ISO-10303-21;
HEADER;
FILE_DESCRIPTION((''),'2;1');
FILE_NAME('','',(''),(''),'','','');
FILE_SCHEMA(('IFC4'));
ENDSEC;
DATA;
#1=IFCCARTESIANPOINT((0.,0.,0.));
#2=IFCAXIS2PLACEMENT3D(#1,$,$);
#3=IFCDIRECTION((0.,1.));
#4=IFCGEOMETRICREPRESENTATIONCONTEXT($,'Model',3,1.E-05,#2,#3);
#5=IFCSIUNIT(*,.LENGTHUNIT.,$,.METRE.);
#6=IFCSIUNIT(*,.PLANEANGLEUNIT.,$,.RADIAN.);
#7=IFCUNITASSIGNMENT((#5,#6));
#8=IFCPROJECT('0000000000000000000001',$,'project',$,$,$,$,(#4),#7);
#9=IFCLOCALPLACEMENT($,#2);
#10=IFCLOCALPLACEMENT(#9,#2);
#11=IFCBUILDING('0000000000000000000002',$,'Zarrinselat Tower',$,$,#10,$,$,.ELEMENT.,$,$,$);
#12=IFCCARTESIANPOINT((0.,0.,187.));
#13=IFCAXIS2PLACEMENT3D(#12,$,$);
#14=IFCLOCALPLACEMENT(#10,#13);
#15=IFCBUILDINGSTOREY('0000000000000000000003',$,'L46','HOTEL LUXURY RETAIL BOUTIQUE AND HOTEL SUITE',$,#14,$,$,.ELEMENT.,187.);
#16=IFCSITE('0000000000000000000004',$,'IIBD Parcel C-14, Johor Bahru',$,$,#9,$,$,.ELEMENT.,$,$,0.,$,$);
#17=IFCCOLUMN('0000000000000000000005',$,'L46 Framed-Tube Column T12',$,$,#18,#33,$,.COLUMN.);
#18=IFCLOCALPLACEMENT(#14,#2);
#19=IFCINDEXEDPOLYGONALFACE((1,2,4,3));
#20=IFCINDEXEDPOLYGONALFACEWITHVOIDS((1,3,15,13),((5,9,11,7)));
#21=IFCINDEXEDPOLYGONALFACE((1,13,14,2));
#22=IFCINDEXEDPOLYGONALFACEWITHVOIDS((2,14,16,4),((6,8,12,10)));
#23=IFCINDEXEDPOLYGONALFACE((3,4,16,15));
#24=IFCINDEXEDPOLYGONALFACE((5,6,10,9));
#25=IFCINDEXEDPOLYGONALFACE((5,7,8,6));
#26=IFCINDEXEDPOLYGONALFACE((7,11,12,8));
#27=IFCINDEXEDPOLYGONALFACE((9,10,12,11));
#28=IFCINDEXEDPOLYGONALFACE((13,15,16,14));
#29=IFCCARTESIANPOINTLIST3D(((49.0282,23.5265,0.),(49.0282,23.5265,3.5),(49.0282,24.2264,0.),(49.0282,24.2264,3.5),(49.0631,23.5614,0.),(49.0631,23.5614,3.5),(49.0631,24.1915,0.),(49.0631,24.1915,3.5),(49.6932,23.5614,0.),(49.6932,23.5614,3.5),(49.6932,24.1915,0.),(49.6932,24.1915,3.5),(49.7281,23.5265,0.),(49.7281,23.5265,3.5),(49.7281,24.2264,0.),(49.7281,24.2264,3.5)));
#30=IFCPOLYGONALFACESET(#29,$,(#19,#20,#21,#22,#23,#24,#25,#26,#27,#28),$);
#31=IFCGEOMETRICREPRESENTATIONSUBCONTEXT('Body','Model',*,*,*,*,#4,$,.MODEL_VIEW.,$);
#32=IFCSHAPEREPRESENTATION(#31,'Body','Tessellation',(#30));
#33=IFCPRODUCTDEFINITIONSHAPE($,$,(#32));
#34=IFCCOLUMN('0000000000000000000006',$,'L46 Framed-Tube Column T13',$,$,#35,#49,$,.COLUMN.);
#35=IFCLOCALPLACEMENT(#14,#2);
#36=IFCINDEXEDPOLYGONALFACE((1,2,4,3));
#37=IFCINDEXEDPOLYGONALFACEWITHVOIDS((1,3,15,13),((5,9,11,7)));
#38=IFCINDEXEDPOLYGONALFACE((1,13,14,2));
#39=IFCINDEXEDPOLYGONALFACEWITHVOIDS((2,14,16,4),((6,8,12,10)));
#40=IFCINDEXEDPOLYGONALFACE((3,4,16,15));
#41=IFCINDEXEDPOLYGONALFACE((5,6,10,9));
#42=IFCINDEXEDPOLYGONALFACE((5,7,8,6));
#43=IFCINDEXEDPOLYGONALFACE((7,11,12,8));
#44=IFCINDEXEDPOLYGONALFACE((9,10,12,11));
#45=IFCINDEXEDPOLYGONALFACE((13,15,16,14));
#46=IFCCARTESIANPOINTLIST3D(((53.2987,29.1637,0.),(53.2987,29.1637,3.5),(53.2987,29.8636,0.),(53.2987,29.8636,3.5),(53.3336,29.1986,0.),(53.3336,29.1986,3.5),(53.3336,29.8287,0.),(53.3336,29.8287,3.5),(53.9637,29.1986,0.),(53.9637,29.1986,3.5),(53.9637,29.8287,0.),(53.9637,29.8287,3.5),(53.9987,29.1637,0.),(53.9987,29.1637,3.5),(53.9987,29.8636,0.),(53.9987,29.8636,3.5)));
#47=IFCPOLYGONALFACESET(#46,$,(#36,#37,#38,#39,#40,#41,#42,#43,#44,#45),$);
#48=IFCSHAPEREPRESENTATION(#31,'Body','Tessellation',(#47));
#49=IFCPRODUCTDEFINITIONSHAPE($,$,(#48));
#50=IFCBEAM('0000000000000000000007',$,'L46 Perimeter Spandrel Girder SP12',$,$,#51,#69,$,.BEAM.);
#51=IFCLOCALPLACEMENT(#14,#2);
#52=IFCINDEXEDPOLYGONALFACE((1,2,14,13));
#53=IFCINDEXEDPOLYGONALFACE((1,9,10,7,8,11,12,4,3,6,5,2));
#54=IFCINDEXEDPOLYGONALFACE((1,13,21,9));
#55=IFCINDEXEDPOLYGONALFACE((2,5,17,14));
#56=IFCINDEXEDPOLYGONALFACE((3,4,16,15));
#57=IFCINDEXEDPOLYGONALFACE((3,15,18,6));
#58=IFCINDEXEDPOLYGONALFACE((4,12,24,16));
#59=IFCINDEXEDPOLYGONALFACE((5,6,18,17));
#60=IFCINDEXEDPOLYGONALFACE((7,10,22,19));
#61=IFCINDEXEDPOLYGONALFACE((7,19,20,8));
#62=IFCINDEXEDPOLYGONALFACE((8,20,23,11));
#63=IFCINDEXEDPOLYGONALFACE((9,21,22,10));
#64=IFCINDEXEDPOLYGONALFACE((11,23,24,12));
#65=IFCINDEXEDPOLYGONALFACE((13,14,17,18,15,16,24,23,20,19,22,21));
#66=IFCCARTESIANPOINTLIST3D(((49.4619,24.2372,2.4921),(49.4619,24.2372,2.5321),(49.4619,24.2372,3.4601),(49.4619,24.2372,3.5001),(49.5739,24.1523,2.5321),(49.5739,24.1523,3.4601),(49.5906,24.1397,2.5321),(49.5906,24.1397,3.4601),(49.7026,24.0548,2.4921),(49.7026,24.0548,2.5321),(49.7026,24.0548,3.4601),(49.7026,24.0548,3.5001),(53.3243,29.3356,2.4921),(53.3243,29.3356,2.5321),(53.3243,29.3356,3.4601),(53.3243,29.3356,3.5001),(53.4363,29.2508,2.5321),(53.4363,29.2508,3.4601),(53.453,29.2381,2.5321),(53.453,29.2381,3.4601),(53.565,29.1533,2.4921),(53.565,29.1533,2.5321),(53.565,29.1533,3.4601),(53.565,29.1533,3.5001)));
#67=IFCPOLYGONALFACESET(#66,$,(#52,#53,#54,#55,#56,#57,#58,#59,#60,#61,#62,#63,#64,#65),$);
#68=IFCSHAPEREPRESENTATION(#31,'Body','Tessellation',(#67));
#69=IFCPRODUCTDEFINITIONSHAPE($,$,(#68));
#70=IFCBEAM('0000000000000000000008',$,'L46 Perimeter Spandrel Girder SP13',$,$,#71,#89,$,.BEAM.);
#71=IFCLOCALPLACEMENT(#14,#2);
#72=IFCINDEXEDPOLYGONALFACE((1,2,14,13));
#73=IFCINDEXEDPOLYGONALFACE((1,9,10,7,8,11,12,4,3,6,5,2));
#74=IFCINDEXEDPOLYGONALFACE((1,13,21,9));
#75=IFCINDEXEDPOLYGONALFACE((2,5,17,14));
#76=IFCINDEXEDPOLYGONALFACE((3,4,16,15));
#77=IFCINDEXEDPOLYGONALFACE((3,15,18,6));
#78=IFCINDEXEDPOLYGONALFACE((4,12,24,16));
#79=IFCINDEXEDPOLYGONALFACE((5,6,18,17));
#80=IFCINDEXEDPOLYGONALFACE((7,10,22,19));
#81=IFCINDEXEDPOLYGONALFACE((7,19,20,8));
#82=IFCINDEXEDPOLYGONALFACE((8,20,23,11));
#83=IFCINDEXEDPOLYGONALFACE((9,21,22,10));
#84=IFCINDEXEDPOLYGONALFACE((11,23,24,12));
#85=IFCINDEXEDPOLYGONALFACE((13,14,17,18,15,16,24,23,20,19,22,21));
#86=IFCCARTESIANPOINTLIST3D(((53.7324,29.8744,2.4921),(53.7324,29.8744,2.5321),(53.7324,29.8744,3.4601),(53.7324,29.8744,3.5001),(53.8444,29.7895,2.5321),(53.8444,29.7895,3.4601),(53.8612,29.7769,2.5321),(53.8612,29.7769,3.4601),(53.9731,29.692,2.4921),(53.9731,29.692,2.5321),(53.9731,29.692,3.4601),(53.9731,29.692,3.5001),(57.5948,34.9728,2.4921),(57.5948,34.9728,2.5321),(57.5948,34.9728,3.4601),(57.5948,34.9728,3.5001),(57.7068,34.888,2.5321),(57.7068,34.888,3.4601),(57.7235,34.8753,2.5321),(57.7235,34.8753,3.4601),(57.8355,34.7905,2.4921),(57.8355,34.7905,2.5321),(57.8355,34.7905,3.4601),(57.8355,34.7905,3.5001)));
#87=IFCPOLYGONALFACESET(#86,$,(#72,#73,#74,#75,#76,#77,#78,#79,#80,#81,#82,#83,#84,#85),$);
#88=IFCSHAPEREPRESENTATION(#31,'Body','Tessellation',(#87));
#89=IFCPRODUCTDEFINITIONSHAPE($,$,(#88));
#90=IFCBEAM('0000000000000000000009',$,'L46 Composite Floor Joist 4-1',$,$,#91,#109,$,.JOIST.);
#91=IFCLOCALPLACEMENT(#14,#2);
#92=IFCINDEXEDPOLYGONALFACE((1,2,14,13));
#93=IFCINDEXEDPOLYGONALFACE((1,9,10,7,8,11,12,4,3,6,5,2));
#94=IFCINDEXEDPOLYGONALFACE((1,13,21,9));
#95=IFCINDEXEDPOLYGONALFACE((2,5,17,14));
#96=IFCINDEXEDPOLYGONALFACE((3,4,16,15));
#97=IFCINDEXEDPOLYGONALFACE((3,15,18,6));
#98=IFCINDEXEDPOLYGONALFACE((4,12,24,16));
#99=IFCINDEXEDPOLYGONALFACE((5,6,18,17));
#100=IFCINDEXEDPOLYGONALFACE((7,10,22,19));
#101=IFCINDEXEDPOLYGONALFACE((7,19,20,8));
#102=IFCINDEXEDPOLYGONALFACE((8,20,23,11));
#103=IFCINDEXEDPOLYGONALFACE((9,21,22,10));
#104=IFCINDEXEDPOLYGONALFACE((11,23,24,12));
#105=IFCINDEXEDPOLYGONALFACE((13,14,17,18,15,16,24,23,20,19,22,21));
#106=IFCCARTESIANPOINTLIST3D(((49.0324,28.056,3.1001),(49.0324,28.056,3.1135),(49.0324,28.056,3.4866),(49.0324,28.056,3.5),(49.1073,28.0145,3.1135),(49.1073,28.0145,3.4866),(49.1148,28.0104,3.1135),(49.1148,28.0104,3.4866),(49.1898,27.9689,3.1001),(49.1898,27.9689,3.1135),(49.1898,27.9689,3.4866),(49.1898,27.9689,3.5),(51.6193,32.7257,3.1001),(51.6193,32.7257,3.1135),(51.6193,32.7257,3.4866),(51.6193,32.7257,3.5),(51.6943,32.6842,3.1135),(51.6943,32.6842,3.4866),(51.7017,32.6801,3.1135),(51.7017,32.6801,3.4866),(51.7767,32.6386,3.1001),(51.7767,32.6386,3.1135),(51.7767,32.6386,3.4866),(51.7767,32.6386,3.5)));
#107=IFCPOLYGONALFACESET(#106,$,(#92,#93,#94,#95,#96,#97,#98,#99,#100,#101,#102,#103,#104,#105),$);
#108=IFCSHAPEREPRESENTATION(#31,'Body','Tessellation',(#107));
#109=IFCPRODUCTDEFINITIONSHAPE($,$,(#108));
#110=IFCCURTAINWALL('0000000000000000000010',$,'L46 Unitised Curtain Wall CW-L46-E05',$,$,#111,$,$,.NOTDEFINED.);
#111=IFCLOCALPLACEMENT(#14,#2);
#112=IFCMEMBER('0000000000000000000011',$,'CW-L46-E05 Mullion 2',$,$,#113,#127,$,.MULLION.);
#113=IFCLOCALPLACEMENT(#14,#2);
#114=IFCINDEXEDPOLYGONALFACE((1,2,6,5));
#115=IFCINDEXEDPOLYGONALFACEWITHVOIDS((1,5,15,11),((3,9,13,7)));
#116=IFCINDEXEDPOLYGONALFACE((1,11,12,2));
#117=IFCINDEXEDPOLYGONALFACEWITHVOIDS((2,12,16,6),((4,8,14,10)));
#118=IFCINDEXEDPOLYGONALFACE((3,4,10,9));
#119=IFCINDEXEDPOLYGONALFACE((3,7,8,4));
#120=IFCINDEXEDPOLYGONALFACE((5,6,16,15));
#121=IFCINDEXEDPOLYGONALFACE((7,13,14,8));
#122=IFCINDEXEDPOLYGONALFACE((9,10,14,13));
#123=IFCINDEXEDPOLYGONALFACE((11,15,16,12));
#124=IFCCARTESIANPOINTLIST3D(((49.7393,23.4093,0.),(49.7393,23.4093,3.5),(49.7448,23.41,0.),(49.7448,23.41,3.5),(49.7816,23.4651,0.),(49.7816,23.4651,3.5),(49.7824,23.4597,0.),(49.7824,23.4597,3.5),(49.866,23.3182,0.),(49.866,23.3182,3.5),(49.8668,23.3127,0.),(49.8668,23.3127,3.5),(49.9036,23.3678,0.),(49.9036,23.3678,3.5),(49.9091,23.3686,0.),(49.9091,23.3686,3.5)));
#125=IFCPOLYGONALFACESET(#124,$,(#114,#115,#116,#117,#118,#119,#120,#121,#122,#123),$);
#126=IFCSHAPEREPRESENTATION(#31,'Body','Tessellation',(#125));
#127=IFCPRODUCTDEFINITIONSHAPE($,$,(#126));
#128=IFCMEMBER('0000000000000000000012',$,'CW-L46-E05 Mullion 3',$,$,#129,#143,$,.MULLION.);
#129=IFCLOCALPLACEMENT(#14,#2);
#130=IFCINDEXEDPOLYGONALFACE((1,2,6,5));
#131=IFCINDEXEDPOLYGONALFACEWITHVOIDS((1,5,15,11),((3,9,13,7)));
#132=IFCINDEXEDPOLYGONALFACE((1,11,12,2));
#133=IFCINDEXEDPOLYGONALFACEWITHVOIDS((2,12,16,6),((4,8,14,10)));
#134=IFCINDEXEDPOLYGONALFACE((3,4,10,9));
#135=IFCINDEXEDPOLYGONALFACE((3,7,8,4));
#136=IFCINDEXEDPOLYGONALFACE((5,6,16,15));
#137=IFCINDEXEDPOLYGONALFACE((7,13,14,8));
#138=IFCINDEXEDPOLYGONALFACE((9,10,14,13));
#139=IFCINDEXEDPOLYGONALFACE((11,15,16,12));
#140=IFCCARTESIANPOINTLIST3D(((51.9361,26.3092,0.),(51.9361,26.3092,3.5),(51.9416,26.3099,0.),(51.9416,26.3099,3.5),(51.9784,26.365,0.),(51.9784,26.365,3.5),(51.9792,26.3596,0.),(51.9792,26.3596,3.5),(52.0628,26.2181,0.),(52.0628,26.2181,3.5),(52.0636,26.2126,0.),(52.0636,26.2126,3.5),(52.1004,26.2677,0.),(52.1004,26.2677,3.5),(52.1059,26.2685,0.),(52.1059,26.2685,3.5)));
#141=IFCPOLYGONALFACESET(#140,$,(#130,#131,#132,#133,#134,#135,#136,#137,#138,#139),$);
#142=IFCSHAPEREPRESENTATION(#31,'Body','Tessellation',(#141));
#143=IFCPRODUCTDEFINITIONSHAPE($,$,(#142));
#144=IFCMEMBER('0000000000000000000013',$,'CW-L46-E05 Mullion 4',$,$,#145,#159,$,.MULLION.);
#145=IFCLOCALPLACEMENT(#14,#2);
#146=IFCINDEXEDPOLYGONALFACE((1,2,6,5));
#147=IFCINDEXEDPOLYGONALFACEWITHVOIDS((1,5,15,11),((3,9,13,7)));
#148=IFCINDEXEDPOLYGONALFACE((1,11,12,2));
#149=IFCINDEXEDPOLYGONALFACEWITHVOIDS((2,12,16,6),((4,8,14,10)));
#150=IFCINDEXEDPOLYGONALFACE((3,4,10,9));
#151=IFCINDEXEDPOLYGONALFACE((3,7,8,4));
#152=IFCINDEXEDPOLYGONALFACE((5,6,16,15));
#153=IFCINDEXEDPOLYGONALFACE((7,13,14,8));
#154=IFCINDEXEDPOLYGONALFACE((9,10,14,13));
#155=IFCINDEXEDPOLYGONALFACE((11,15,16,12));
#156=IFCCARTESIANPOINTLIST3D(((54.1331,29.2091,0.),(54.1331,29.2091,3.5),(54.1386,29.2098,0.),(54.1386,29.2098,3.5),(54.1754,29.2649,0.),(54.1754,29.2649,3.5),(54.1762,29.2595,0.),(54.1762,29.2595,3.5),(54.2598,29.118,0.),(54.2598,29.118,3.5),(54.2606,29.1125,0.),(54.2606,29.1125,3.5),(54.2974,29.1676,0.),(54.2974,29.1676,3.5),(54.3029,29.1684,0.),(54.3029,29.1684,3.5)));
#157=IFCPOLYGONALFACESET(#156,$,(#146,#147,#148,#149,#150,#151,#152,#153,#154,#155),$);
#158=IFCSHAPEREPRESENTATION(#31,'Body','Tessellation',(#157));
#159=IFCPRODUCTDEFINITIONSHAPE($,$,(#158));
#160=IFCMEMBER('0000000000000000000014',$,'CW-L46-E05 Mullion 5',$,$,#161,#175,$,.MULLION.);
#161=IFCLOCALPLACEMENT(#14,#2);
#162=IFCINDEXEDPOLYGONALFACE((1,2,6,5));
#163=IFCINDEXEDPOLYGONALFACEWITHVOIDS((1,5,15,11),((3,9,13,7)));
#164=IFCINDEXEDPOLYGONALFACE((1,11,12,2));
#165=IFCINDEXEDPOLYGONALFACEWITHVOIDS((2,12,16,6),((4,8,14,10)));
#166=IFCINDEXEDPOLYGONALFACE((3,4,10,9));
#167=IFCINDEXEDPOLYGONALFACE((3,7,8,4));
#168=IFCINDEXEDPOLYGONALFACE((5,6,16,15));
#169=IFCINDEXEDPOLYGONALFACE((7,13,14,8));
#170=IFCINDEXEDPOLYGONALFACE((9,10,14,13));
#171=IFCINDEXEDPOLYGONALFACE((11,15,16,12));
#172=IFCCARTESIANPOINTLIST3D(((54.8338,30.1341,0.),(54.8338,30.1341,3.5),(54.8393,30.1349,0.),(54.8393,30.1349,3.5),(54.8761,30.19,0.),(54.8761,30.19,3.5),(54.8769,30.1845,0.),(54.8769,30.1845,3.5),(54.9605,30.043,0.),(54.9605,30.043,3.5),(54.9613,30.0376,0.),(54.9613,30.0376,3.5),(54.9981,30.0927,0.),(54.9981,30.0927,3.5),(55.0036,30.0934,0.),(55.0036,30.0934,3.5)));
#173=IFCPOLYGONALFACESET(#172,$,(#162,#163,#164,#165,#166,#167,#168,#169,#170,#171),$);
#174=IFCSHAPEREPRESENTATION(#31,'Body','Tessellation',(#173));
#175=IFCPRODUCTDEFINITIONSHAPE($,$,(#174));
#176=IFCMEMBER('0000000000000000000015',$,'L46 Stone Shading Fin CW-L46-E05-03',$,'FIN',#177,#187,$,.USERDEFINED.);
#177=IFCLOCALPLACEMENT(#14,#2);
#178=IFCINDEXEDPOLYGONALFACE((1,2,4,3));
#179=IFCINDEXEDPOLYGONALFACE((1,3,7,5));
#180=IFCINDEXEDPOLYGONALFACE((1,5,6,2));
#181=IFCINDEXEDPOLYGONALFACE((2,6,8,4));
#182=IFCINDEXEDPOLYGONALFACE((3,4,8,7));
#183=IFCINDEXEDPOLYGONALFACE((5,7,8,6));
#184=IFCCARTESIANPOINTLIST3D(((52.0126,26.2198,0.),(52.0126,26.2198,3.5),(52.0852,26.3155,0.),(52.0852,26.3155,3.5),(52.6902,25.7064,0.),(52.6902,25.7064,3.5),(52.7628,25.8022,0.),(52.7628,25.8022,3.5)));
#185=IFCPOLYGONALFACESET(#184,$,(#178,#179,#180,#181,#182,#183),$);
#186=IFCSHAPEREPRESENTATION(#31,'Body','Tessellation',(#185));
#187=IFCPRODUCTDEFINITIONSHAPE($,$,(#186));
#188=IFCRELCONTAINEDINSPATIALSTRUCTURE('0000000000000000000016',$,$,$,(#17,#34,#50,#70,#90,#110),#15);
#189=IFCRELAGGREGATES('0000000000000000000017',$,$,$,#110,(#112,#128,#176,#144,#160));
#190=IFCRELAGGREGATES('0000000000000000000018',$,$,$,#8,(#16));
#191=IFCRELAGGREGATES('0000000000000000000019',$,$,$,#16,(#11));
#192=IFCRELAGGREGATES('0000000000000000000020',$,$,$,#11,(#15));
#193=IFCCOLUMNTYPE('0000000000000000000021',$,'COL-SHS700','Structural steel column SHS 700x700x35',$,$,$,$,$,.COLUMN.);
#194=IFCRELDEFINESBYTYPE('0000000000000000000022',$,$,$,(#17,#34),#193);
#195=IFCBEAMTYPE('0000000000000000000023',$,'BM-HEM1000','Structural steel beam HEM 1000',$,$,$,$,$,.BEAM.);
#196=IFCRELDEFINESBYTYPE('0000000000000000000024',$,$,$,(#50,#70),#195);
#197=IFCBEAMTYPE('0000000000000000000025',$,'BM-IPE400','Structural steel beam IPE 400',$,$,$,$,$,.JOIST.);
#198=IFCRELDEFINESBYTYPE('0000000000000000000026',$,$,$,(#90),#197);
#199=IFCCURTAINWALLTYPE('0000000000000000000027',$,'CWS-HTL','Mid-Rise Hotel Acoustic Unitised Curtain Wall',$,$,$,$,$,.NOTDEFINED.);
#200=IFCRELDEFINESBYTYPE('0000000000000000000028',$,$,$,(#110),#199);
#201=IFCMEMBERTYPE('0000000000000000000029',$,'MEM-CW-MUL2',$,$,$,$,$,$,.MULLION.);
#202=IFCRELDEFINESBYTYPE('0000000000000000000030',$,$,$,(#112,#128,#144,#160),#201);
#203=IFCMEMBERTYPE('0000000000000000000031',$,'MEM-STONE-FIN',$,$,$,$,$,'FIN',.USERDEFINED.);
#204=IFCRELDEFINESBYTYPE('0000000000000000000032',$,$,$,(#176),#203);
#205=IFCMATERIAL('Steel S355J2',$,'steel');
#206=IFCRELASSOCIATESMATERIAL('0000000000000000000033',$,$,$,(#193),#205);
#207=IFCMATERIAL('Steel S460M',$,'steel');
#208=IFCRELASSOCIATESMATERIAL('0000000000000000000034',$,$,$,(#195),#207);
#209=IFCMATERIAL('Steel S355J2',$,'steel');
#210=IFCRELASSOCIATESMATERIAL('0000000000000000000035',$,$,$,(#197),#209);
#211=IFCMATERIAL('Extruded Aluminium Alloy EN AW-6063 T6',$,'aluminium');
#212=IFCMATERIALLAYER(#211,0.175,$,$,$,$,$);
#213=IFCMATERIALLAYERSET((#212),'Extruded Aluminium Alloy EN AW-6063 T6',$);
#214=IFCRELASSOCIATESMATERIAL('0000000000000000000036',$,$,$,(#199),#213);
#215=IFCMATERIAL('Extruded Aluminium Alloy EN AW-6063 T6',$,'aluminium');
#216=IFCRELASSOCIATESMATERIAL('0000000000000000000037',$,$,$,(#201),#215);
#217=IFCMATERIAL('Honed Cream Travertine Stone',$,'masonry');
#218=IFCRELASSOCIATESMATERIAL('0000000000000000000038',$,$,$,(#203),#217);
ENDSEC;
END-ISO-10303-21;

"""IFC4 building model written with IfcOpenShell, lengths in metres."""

from ifc_helpers import new_model, si_unit, direction, frame, origin, origin_2d, place, context, subcontext, project, spatial, rectangle, hollow_rectangle, i_section, extrude, material, layer, layer_set, material_profile, profile_set, type_object, element, aggregate, save


model = new_model("IFC4")

# Units and contexts
model_context = context("Model", 3, precision=1e-05, world=origin(), true_north=direction((0.0, 1.0)))
body_context = subcontext(model_context, "Body", "Model", "MODEL_VIEW")
ifc_project = project(units=[si_unit("LENGTHUNIT", "METRE"), si_unit("PLANEANGLEUNIT", "RADIAN")], contexts=[model_context])

# Site, building, storey
site_placement = place(None, origin())
site = spatial("IfcSite", under=ifc_project, at=site_placement, Name="IIBD Parcel C-14, Johor Bahru", CompositionType="ELEMENT", RefElevation=0.0)
building_placement = place(site_placement, origin())
building = spatial("IfcBuilding", under=site, at=building_placement, Name="Zarrinselat Tower", CompositionType="ELEMENT")
storey_placement = place(building_placement, frame((0.0, 0.0, 187.0)))
storey = spatial("IfcBuildingStorey", under=building, at=storey_placement, Name="L46", Description="HOTEL LUXURY RETAIL BOUTIQUE AND HOTEL SUITE", CompositionType="ELEMENT", Elevation=187.0)

# Columns
ifc_material_1 = material(Name="Steel S355J2", Category="steel")
ifc_material_profile_1 = material_profile(ifc_material_1, hollow_rectangle(XDim=0.7, YDim=0.7, WallThickness=0.0349, at=origin_2d()), Name="SHS 700x700x35")
ifc_profile_set_1 = profile_set([ifc_material_profile_1], Name="Steel S355J2")
column_type = type_object("IfcColumnType", Name="COL-SHS700", Description="Structural steel column SHS 700x700x35", PredefinedType="COLUMN", material=ifc_profile_set_1)
for number, where, z_axis, x_axis, name in (
    (1, (49.3782, 23.8765, 0.0), (0.0, 0.0, 1.0), (1.0, 0.0, 0.0), "L46 Framed-Tube Column T12"),
    (2, (53.6487, 29.5137, 0.0), (0.0, 0.0, 1.0), (1.0, 0.0, 0.0), "L46 Framed-Tube Column T13"),
):
    element("IfcColumn", number, at=place(storey_placement, frame(where, z_axis=z_axis, x_axis=x_axis)), inside=storey, type_object=column_type, Name=name, PredefinedType="COLUMN", context=body_context, shape_type="SweptSolid", body=[
        extrude(hollow_rectangle(XDim=0.7, YDim=0.7, WallThickness=0.0349, at=origin_2d()), origin(), (0.0, 0.0, 1.0), 3.5),
    ])

# Beams
ifc_material_2 = material(Name="Steel S460M", Category="steel")
ifc_material_profile_2 = material_profile(ifc_material_2, i_section(OverallWidth=0.302, OverallDepth=1.0081, WebThickness=0.021, FlangeThickness=0.04, at=origin_2d()), Name="HEM 1000")
ifc_profile_set_2 = profile_set([ifc_material_profile_2], Name="Steel S460M")
beam_type_1 = type_object("IfcBeamType", Name="BM-HEM1000", Description="Structural steel beam HEM 1000", PredefinedType="BEAM", material=ifc_profile_set_2)
for number, where, z_axis, x_axis, name in (
    (3, (49.5823, 24.146, 2.9961), (0.603847, 0.7971, 0.0), (-0.7971, 0.603847, 0.0), "L46 Perimeter Spandrel Girder SP12"),
    (4, (53.8528, 29.7832, 2.9961), (0.603847, 0.7971, 0.0), (-0.7971, 0.603847, 0.0), "L46 Perimeter Spandrel Girder SP13"),
):
    element("IfcBeam", number, at=place(storey_placement, frame(where, z_axis=z_axis, x_axis=x_axis)), inside=storey, type_object=beam_type_1, Name=name, PredefinedType="BEAM", context=body_context, shape_type="SweptSolid", body=[
        extrude(i_section(OverallWidth=0.302, OverallDepth=1.0081, WebThickness=0.021, FlangeThickness=0.04, at=origin_2d()), origin(), (0.0, 0.0, 1.0), 6.3962),
    ])
ifc_material_3 = material(Name="Steel S355J2", Category="steel")
ifc_material_profile_3 = material_profile(ifc_material_3, i_section(OverallWidth=0.1799, OverallDepth=0.3999, WebThickness=0.0085, FlangeThickness=0.0134, at=origin_2d()), Name="IPE 400")
ifc_profile_set_3 = profile_set([ifc_material_profile_3], Name="Steel S355J2")
beam_type_2 = type_object("IfcBeamType", Name="BM-IPE400", Description="Structural steel beam IPE 400", PredefinedType="JOIST", material=ifc_profile_set_3)
beam_placement = place(storey_placement, frame((49.1111, 28.0125, 3.3), z_axis=(0.48459, 0.874741, 0.0), x_axis=(-0.874741, 0.48459, 0.0)))
element("IfcBeam", 5, at=beam_placement, inside=storey, type_object=beam_type_2, Name="L46 Composite Floor Joist 4-1", PredefinedType="JOIST", context=body_context, shape_type="SweptSolid", body=[
    extrude(i_section(OverallWidth=0.1799, OverallDepth=0.3999, WebThickness=0.0085, FlangeThickness=0.0134, at=origin_2d()), origin(), (0.0, 0.0, 1.0), 5.3384),
])

# Curtain wall, members
ifc_material_4 = material(Name="Extruded Aluminium Alloy EN AW-6063 T6", Category="aluminium")
ifc_layer_1 = layer(ifc_material_4, 0.175)
ifc_layer_set_1 = layer_set([ifc_layer_1], Name="Extruded Aluminium Alloy EN AW-6063 T6")
curtain_wall_type = type_object("IfcCurtainWallType", Name="CWS-HTL", Description="Mid-Rise Hotel Acoustic Unitised Curtain Wall", PredefinedType="NOTDEFINED", material=ifc_layer_set_1)
curtain_wall_placement = place(storey_placement, origin())
curtain_wall = element("IfcCurtainWall", 6, at=curtain_wall_placement, inside=storey, type_object=curtain_wall_type, Name="L46 Unitised Curtain Wall CW-L46-E05", PredefinedType="NOTDEFINED")
ifc_material_5 = material(Name="Extruded Aluminium Alloy EN AW-6063 T6", Category="aluminium")
ifc_material_profile_4 = material_profile(ifc_material_5, hollow_rectangle(XDim=0.0701, YDim=0.1599, WallThickness=0.0039, at=origin_2d()), Name="RHS 160x70x4")
ifc_profile_set_4 = profile_set([ifc_material_profile_4], Name="Extruded Aluminium Alloy EN AW-6063 T6")
member_type_1 = type_object("IfcMemberType", Name="MEM-CW-MUL2", PredefinedType="MULLION", material=ifc_profile_set_4)
member_1_placement = place(storey_placement, frame((49.8242, 23.3889, 0.0), z_axis=(0.0, 0.0, 1.0), x_axis=(0.603857, 0.797093, 0.0)))
member_1 = element("IfcMember", 7, at=member_1_placement, type_object=member_type_1, Name="CW-L46-E05 Mullion 2", PredefinedType="MULLION", context=body_context, shape_type="SweptSolid", body=[
    extrude(hollow_rectangle(XDim=0.0701, YDim=0.1599, WallThickness=0.0039, at=origin_2d()), origin(), (0.0, 0.0, 1.0), 3.5),
])
member_2_placement = place(storey_placement, frame((52.021, 26.2888, 0.0), z_axis=(0.0, 0.0, 1.0), x_axis=(0.603857, 0.797093, 0.0)))
member_2 = element("IfcMember", 8, at=member_2_placement, type_object=member_type_1, Name="CW-L46-E05 Mullion 3", PredefinedType="MULLION", context=body_context, shape_type="SweptSolid", body=[
    extrude(hollow_rectangle(XDim=0.0701, YDim=0.1599, WallThickness=0.0039, at=origin_2d()), origin(), (0.0, 0.0, 1.0), 3.5),
])
member_3_placement = place(storey_placement, frame((54.218, 29.1887, 0.0), z_axis=(0.0, 0.0, 1.0), x_axis=(0.603857, 0.797093, 0.0)))
member_3 = element("IfcMember", 9, at=member_3_placement, type_object=member_type_1, Name="CW-L46-E05 Mullion 4", PredefinedType="MULLION", context=body_context, shape_type="SweptSolid", body=[
    extrude(hollow_rectangle(XDim=0.0701, YDim=0.1599, WallThickness=0.0039, at=origin_2d()), origin(), (0.0, 0.0, 1.0), 3.5),
])
member_4_placement = place(storey_placement, frame((54.9187, 30.1138, 0.0), z_axis=(0.0, 0.0, 1.0), x_axis=(0.603857, 0.797093, 0.0)))
member_4 = element("IfcMember", 10, at=member_4_placement, type_object=member_type_1, Name="CW-L46-E05 Mullion 5", PredefinedType="MULLION", context=body_context, shape_type="SweptSolid", body=[
    extrude(hollow_rectangle(XDim=0.0701, YDim=0.1599, WallThickness=0.0039, at=origin_2d()), origin(), (0.0, 0.0, 1.0), 3.5),
])
ifc_material_6 = material(Name="Honed Cream Travertine Stone", Category="masonry")
ifc_material_profile_5 = material_profile(ifc_material_6, rectangle(XDim=0.1201, YDim=0.8501, at=origin_2d()), Name="FIN 850x120")
ifc_profile_set_5 = profile_set([ifc_material_profile_5], Name="Honed Cream Travertine Stone")
member_type_2 = type_object("IfcMemberType", Name="MEM-STONE-FIN", ElementType="FIN", PredefinedType="USERDEFINED", material=ifc_profile_set_5)
member_5_placement = place(storey_placement, frame((52.3877, 26.011, 0.0), z_axis=(0.0, 0.0, 1.0), x_axis=(-0.603857, -0.797093, 0.0)))
member_5 = element("IfcMember", 11, at=member_5_placement, type_object=member_type_2, Name="L46 Stone Shading Fin CW-L46-E05-03", ObjectType="FIN", PredefinedType="USERDEFINED", context=body_context, shape_type="SweptSolid", body=[
    extrude(rectangle(XDim=0.1201, YDim=0.8501, at=origin_2d()), origin(), (0.0, 0.0, 1.0), 3.5),
])
aggregate(curtain_wall, [member_1, member_2, member_5, member_3, member_4])

save(model, "model.ifc")
